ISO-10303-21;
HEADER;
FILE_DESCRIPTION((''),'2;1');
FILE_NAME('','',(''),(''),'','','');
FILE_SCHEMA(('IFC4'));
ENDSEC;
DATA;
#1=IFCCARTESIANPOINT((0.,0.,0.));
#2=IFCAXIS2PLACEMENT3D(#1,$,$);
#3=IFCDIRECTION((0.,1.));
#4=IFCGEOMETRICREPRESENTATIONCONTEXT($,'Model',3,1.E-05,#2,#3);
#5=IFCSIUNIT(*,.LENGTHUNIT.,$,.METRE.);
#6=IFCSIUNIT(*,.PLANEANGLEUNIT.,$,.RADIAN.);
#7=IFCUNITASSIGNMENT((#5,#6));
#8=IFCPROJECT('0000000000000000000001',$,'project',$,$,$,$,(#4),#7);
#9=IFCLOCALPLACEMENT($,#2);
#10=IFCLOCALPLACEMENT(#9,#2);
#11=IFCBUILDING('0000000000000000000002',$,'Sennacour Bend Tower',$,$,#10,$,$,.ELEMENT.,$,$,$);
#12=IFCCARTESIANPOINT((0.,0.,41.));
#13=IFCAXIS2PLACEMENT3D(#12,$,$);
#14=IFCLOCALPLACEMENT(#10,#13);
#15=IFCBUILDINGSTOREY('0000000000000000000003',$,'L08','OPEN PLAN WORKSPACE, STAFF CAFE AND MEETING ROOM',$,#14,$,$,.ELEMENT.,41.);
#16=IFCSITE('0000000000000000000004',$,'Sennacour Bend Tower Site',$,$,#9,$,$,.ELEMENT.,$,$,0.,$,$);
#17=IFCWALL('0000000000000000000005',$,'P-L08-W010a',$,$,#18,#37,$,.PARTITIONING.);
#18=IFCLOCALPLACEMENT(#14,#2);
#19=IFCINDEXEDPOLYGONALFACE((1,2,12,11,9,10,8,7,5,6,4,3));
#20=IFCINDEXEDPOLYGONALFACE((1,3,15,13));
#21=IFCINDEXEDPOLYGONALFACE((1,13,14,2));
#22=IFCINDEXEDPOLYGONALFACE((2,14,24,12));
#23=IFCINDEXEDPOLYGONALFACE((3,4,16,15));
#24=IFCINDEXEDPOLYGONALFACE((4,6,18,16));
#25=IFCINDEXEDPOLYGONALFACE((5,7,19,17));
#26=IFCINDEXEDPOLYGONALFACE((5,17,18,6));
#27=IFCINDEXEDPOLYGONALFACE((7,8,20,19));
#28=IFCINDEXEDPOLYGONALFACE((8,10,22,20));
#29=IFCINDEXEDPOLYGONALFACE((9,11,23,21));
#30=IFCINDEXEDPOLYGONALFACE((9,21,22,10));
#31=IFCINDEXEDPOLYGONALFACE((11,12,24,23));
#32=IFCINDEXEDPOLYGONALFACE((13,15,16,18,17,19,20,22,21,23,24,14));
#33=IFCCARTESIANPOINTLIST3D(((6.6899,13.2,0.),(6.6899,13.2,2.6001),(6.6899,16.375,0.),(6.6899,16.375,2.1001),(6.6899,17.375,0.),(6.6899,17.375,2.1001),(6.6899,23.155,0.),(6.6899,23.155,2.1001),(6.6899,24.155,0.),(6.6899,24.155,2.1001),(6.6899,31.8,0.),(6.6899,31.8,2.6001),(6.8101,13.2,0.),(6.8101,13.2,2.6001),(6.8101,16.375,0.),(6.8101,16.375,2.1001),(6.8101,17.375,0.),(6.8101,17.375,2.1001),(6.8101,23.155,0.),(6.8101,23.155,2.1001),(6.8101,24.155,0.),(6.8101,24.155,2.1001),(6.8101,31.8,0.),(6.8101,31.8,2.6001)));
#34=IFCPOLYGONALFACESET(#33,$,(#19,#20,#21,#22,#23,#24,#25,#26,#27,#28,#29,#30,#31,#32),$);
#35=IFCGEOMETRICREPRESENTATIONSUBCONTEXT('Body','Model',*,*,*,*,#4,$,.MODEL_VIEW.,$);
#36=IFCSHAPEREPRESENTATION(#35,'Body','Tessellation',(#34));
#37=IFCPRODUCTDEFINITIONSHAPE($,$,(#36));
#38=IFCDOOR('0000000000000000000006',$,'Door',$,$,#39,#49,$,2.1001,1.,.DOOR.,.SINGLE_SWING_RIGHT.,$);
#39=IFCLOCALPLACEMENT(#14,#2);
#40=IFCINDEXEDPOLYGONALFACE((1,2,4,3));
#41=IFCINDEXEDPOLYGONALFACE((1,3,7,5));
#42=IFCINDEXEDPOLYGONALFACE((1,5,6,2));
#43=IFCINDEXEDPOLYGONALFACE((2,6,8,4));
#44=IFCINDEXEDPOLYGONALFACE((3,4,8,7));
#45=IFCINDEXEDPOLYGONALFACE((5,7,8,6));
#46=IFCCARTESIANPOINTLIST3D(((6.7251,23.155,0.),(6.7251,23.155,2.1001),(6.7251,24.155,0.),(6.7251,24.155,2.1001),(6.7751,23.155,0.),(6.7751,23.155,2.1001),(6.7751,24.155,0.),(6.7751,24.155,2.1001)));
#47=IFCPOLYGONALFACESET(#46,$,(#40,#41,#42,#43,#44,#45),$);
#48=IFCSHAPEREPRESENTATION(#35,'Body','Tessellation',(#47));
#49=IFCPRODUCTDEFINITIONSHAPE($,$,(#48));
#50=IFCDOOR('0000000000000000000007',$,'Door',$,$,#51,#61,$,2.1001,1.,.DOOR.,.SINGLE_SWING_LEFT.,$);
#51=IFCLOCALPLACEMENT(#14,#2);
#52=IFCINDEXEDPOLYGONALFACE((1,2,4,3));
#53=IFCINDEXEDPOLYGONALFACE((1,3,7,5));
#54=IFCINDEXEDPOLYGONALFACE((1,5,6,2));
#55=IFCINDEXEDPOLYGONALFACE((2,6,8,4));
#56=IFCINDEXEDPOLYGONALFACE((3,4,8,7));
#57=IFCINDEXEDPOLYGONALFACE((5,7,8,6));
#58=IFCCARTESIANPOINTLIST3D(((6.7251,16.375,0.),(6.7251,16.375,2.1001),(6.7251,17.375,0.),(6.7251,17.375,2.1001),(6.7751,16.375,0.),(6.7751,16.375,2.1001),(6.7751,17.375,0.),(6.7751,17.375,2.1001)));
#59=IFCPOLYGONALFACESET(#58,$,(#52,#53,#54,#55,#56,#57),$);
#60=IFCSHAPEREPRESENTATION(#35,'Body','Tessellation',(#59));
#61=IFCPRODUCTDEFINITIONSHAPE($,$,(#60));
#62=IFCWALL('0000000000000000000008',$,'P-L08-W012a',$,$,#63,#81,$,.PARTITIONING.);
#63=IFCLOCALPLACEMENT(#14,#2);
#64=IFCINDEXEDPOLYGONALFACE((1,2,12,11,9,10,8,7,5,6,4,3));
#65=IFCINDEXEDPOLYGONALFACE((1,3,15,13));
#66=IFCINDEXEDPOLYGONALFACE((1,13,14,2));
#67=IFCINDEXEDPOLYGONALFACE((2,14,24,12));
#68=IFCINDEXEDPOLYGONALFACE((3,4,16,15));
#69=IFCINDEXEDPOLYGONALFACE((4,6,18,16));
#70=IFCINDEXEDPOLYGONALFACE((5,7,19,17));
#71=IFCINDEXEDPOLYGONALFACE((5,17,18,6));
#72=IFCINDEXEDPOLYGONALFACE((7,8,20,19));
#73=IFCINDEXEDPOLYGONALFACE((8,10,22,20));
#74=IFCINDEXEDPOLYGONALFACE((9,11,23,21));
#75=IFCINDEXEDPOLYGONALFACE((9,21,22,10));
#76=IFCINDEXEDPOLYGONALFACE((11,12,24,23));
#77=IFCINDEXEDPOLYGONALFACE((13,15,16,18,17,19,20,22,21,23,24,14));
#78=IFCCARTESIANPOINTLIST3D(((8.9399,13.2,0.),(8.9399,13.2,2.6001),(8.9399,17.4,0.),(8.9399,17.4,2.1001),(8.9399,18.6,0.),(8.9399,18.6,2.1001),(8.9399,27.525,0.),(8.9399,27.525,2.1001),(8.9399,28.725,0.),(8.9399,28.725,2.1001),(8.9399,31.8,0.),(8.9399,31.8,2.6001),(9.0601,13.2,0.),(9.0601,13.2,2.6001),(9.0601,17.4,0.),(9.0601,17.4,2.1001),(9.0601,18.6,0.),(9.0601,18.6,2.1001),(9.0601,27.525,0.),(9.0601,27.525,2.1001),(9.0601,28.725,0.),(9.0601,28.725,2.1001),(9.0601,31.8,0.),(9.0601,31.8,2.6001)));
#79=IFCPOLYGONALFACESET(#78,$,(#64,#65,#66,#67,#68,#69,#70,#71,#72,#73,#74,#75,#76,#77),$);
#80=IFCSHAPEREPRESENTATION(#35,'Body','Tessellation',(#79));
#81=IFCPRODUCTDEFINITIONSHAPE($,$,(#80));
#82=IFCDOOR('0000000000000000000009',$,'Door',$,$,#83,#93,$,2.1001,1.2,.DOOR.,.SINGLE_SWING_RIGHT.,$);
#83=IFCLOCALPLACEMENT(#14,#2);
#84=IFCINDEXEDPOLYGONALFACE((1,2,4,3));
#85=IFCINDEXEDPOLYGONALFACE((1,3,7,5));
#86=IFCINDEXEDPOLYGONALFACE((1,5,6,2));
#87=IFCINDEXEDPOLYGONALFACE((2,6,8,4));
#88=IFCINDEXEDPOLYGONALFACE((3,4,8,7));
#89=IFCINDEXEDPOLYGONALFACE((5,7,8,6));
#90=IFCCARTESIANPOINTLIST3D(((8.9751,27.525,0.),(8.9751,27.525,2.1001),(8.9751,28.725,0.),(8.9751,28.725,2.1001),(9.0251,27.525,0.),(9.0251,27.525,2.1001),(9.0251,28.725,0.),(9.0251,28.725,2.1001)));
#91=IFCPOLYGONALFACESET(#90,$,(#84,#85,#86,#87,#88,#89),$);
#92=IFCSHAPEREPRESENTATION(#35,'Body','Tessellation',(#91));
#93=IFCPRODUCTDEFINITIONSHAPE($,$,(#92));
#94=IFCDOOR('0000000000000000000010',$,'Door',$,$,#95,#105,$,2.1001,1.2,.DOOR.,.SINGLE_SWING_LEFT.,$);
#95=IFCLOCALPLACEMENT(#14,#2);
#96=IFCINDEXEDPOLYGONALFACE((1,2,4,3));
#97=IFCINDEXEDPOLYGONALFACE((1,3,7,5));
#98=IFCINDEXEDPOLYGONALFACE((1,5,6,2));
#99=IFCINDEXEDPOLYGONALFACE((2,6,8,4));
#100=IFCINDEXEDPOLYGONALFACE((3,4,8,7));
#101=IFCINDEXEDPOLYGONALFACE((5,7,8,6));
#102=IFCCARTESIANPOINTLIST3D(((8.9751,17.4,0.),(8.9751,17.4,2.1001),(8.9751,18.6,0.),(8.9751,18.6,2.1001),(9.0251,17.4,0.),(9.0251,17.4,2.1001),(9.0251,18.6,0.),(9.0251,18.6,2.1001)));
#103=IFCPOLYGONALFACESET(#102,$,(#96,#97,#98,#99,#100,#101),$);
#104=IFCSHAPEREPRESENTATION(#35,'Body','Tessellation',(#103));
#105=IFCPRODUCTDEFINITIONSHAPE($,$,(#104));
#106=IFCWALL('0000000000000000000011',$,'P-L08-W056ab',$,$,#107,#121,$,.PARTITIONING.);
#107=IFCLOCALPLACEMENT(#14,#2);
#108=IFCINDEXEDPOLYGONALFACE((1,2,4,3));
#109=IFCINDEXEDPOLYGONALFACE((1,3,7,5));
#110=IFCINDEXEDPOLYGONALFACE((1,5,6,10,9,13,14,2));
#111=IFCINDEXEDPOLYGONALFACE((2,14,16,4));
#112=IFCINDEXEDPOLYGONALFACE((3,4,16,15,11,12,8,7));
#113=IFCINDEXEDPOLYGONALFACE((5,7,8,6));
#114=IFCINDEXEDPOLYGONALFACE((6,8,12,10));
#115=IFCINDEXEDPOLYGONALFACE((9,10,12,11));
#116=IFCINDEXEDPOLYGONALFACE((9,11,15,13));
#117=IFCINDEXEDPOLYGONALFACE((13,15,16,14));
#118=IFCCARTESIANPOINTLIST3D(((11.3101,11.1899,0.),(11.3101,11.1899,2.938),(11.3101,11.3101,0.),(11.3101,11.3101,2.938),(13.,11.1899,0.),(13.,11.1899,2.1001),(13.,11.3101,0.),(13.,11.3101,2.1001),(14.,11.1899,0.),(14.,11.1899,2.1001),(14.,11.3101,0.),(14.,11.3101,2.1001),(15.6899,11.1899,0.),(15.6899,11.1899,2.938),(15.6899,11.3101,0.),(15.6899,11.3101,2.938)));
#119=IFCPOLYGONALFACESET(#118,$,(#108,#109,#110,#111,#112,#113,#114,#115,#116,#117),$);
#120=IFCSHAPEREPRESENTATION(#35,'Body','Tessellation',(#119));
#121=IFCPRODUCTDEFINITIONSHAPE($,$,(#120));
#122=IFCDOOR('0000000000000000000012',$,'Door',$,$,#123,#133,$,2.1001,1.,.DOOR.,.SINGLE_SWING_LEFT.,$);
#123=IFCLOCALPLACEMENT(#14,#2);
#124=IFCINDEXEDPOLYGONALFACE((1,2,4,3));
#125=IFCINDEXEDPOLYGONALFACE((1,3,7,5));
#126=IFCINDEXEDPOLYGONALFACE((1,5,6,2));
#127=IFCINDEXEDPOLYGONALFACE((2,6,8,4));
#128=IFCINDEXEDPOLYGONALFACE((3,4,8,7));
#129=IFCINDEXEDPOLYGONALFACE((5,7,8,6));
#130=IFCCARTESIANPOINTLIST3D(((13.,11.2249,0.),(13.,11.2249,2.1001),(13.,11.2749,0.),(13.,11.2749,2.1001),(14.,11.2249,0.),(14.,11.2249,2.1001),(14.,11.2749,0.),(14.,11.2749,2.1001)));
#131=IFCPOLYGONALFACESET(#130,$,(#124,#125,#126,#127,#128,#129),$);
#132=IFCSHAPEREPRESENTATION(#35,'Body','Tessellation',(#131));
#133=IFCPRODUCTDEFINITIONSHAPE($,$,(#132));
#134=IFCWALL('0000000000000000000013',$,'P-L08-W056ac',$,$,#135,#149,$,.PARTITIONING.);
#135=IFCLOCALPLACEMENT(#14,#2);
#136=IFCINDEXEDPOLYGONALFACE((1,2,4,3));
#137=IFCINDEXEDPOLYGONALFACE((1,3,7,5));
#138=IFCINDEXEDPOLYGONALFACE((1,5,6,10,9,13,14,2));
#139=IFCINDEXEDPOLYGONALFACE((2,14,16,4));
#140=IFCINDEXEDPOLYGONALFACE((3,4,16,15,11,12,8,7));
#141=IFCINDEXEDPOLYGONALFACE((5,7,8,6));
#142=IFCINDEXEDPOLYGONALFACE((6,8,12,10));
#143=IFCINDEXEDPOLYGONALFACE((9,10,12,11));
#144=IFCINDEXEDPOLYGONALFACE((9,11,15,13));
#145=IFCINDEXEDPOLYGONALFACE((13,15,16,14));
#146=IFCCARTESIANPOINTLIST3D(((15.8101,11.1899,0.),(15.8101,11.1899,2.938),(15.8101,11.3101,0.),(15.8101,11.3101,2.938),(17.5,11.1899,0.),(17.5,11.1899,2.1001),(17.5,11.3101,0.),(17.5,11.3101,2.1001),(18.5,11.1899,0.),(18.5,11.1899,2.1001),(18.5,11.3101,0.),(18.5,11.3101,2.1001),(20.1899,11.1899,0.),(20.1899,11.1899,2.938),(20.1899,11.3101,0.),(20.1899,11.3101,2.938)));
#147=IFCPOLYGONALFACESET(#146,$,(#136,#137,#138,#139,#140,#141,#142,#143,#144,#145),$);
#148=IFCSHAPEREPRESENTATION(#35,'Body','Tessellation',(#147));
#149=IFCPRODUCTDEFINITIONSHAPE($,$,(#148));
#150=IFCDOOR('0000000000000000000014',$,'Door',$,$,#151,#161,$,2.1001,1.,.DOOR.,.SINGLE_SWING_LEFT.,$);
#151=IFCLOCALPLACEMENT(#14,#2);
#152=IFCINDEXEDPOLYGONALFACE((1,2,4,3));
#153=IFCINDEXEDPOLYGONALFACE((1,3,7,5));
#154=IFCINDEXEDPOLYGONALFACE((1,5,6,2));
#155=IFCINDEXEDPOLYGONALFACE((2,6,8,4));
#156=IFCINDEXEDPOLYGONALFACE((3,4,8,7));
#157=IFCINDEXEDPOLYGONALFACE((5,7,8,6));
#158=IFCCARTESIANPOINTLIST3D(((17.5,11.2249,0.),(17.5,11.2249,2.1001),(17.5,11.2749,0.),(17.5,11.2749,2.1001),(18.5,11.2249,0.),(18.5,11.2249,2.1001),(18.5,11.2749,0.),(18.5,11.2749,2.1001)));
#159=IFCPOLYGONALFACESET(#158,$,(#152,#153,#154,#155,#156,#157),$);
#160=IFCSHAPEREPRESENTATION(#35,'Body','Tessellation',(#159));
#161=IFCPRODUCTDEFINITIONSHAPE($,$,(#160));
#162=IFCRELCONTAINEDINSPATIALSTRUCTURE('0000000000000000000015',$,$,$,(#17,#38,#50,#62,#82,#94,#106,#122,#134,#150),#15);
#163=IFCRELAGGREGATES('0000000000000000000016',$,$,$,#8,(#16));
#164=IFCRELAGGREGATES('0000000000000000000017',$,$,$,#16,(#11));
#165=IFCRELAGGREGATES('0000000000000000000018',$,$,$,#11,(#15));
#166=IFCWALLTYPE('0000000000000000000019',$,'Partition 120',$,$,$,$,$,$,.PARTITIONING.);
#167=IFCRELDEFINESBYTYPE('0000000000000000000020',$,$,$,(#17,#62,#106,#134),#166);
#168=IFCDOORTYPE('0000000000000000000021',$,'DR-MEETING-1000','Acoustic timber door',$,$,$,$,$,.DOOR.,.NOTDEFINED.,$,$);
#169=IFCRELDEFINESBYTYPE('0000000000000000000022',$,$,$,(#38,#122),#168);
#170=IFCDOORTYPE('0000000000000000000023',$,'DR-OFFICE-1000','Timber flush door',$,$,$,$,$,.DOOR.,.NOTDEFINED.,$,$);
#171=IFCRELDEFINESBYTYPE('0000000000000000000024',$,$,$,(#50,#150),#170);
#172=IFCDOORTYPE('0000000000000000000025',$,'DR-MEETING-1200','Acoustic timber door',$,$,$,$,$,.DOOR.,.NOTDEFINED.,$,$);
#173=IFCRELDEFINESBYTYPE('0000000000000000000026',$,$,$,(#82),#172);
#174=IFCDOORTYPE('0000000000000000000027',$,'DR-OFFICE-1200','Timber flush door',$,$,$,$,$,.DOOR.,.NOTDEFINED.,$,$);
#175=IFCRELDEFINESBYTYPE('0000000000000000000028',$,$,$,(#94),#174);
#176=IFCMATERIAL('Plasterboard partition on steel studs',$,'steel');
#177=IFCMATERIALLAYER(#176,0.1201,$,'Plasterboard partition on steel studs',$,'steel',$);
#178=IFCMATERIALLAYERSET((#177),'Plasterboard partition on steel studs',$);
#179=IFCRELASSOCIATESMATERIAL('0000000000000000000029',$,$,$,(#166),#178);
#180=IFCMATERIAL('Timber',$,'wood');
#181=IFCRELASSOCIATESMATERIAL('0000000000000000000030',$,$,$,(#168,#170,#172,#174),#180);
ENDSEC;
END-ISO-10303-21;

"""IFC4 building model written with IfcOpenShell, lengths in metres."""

from ifc_helpers import new_model, si_unit, direction, frame, frame_2d, origin, place, context, subcontext, project, spatial, rectangle, extrude, material, layer, layer_set, type_object, element, fill, save


model = new_model("IFC4")

# Units and contexts
model_context = context("Model", 3, precision=1e-05, world=origin(), true_north=direction((0.0, 1.0)))
body_context = subcontext(model_context, "Body", "Model", "MODEL_VIEW")
ifc_project = project(units=[si_unit("LENGTHUNIT", "METRE"), si_unit("PLANEANGLEUNIT", "RADIAN")], contexts=[model_context])

# Site, building, storey
site_placement = place(None, origin())
site = spatial("IfcSite", under=ifc_project, at=site_placement, Name="Sennacour Bend Tower Site", CompositionType="ELEMENT", RefElevation=0.0)
building_placement = place(site_placement, origin())
building = spatial("IfcBuilding", under=site, at=building_placement, Name="Sennacour Bend Tower", CompositionType="ELEMENT")
storey_placement = place(building_placement, frame((0.0, 0.0, 41.0)))
storey = spatial("IfcBuildingStorey", under=building, at=storey_placement, Name="L08", Description="OPEN PLAN WORKSPACE, STAFF CAFE AND MEETING ROOM", CompositionType="ELEMENT", Elevation=41.0)

# Walls, openings, doors
ifc_material_1 = material(Name="Plasterboard partition on steel studs", Category="steel")
ifc_layer_1 = layer(ifc_material_1, 0.1201, Name="Plasterboard partition on steel studs", Category="steel")
ifc_layer_set_1 = layer_set([ifc_layer_1], Name="Plasterboard partition on steel studs")
wall_type_1 = type_object("IfcWallType", Name="Partition 120", PredefinedType="PARTITIONING", material=ifc_layer_set_1)
wall_1_placement = place(storey_placement, frame((6.75, 13.2, 0.0), z_axis=(0.0, 0.0, 1.0), x_axis=(0.0, 1.0, 0.0)))
wall_1 = element("IfcWall", 1, at=wall_1_placement, inside=storey, type_object=wall_type_1, Name="P-L08-W010a", PredefinedType="PARTITIONING", context=body_context, shape_type="SweptSolid", body=[
    extrude(rectangle(XDim=18.6001, YDim=0.1201, at=frame_2d((9.3, 0.0))), origin(), (0.0, 0.0, 1.0), 2.6001),
])
opening_1_placement = place(wall_1_placement, frame((3.175, 0.0, 0.0)))
opening_1 = element("IfcOpeningElement", 2, at=opening_1_placement, cuts=wall_1, PredefinedType="OPENING", context=body_context, shape_type="SweptSolid", body=[
    extrude(rectangle(XDim=1.0, YDim=2.1001, at=frame_2d((0.5, 1.05))), frame((0.0, 0.0701, 0.0), z_axis=(0.0, -1.0, 0.0), x_axis=(1.0, 0.0, 0.0)), (0.0, 0.0, 1.0), 0.1401),
])
opening_2_placement = place(wall_1_placement, frame((9.9551, 0.0, 0.0)))
opening_2 = element("IfcOpeningElement", 3, at=opening_2_placement, cuts=wall_1, PredefinedType="OPENING", context=body_context, shape_type="SweptSolid", body=[
    extrude(rectangle(XDim=1.0, YDim=2.1001, at=frame_2d((0.5, 1.05))), frame((0.0, 0.0701, 0.0), z_axis=(0.0, -1.0, 0.0), x_axis=(1.0, 0.0, 0.0)), (0.0, 0.0, 1.0), 0.1401),
])
ifc_material_2 = material(Name="Timber", Category="wood")
door_type_1 = type_object("IfcDoorType", Name="DR-MEETING-1000", Description="Acoustic timber door", OperationType="NOTDEFINED", PredefinedType="DOOR", material=ifc_material_2)
door_1_placement = place(opening_2_placement, origin())
door_1 = element("IfcDoor", 4, at=door_1_placement, inside=storey, type_object=door_type_1, Name="Door", OperationType="SINGLE_SWING_RIGHT", OverallHeight=2.1001, OverallWidth=1.0, PredefinedType="DOOR", context=body_context, shape_type="SweptSolid", body=[
    extrude(rectangle(XDim=1.0, YDim=2.1001, at=frame_2d((0.5, 1.05))), frame((0.0, 0.0249, 0.0), z_axis=(0.0, -1.0, 0.0), x_axis=(1.0, 0.0, 0.0)), (0.0, 0.0, 1.0), 0.05),
])
fill(opening_2, door_1)
door_type_2 = type_object("IfcDoorType", Name="DR-OFFICE-1000", Description="Timber flush door", OperationType="NOTDEFINED", PredefinedType="DOOR", material=ifc_material_2)
door_2_placement = place(opening_1_placement, origin())
door_2 = element("IfcDoor", 5, at=door_2_placement, inside=storey, type_object=door_type_2, Name="Door", OperationType="SINGLE_SWING_LEFT", OverallHeight=2.1001, OverallWidth=1.0, PredefinedType="DOOR", context=body_context, shape_type="SweptSolid", body=[
    extrude(rectangle(XDim=1.0, YDim=2.1001, at=frame_2d((0.5, 1.05))), frame((0.0, 0.0249, 0.0), z_axis=(0.0, -1.0, 0.0), x_axis=(1.0, 0.0, 0.0)), (0.0, 0.0, 1.0), 0.05),
])
fill(opening_1, door_2)
wall_2_placement = place(storey_placement, frame((9.0, 13.2, 0.0), z_axis=(0.0, 0.0, 1.0), x_axis=(0.0, 1.0, 0.0)))
wall_2 = element("IfcWall", 6, at=wall_2_placement, inside=storey, type_object=wall_type_1, Name="P-L08-W012a", PredefinedType="PARTITIONING", context=body_context, shape_type="SweptSolid", body=[
    extrude(rectangle(XDim=18.6001, YDim=0.1201, at=frame_2d((9.3, 0.0))), origin(), (0.0, 0.0, 1.0), 2.6001),
])
opening_3_placement = place(wall_2_placement, frame((14.325, 0.0, 0.0)))
opening_3 = element("IfcOpeningElement", 7, at=opening_3_placement, cuts=wall_2, PredefinedType="OPENING", context=body_context, shape_type="SweptSolid", body=[
    extrude(rectangle(XDim=1.2, YDim=2.1001, at=frame_2d((0.6001, 1.05))), frame((0.0, 0.0701, 0.0), z_axis=(0.0, -1.0, 0.0), x_axis=(1.0, 0.0, 0.0)), (0.0, 0.0, 1.0), 0.1401),
])
opening_4_placement = place(wall_2_placement, frame((4.2, 0.0, 0.0)))
opening_4 = element("IfcOpeningElement", 8, at=opening_4_placement, cuts=wall_2, PredefinedType="OPENING", context=body_context, shape_type="SweptSolid", body=[
    extrude(rectangle(XDim=1.2, YDim=2.1001, at=frame_2d((0.6001, 1.05))), frame((0.0, 0.0701, 0.0), z_axis=(0.0, -1.0, 0.0), x_axis=(1.0, 0.0, 0.0)), (0.0, 0.0, 1.0), 0.1401),
])
door_type_3 = type_object("IfcDoorType", Name="DR-MEETING-1200", Description="Acoustic timber door", OperationType="NOTDEFINED", PredefinedType="DOOR", material=ifc_material_2)
door_3_placement = place(opening_3_placement, origin())
door_3 = element("IfcDoor", 9, at=door_3_placement, inside=storey, type_object=door_type_3, Name="Door", OperationType="SINGLE_SWING_RIGHT", OverallHeight=2.1001, OverallWidth=1.2, PredefinedType="DOOR", context=body_context, shape_type="SweptSolid", body=[
    extrude(rectangle(XDim=1.2, YDim=2.1001, at=frame_2d((0.6001, 1.05))), frame((0.0, 0.0249, 0.0), z_axis=(0.0, -1.0, 0.0), x_axis=(1.0, 0.0, 0.0)), (0.0, 0.0, 1.0), 0.05),
])
fill(opening_3, door_3)
door_type_4 = type_object("IfcDoorType", Name="DR-OFFICE-1200", Description="Timber flush door", OperationType="NOTDEFINED", PredefinedType="DOOR", material=ifc_material_2)
door_4_placement = place(opening_4_placement, origin())
door_4 = element("IfcDoor", 10, at=door_4_placement, inside=storey, type_object=door_type_4, Name="Door", OperationType="SINGLE_SWING_LEFT", OverallHeight=2.1001, OverallWidth=1.2, PredefinedType="DOOR", context=body_context, shape_type="SweptSolid", body=[
    extrude(rectangle(XDim=1.2, YDim=2.1001, at=frame_2d((0.6001, 1.05))), frame((0.0, 0.0249, 0.0), z_axis=(0.0, -1.0, 0.0), x_axis=(1.0, 0.0, 0.0)), (0.0, 0.0, 1.0), 0.05),
])
fill(opening_4, door_4)

# Walls, openings, doors
wall_3_placement = place(storey_placement, frame((11.3101, 11.25, 0.0), z_axis=(0.0, 0.0, 1.0), x_axis=(1.0, 0.0, 0.0)))
wall_3 = element("IfcWall", 11, at=wall_3_placement, inside=storey, type_object=wall_type_1, Name="P-L08-W056ab", PredefinedType="PARTITIONING", context=body_context, shape_type="SweptSolid", body=[
    extrude(rectangle(XDim=4.3799, YDim=0.1201, at=frame_2d((2.1899, 0.0))), origin(), (0.0, 0.0, 1.0), 2.938),
])
opening_5_placement = place(wall_3_placement, frame((1.6899, 0.0, 0.0)))
opening_5 = element("IfcOpeningElement", 12, at=opening_5_placement, cuts=wall_3, PredefinedType="OPENING", context=body_context, shape_type="SweptSolid", body=[
    extrude(rectangle(XDim=1.0, YDim=2.1001, at=frame_2d((0.5, 1.05))), frame((0.0, 0.0701, 0.0), z_axis=(0.0, -1.0, 0.0), x_axis=(1.0, 0.0, 0.0)), (0.0, 0.0, 1.0), 0.1401),
])
door_5_placement = place(opening_5_placement, origin())
door_5 = element("IfcDoor", 13, at=door_5_placement, inside=storey, type_object=door_type_1, Name="Door", OperationType="SINGLE_SWING_LEFT", OverallHeight=2.1001, OverallWidth=1.0, PredefinedType="DOOR", context=body_context, shape_type="SweptSolid", body=[
    extrude(rectangle(XDim=1.0, YDim=2.1001, at=frame_2d((0.5, 1.05))), frame((0.0, 0.0249, 0.0), z_axis=(0.0, -1.0, 0.0), x_axis=(1.0, 0.0, 0.0)), (0.0, 0.0, 1.0), 0.05),
])
fill(opening_5, door_5)
wall_4_placement = place(storey_placement, frame((15.8101, 11.25, 0.0), z_axis=(0.0, 0.0, 1.0), x_axis=(1.0, 0.0, 0.0)))
wall_4 = element("IfcWall", 14, at=wall_4_placement, inside=storey, type_object=wall_type_1, Name="P-L08-W056ac", PredefinedType="PARTITIONING", context=body_context, shape_type="SweptSolid", body=[
    extrude(rectangle(XDim=4.3799, YDim=0.1201, at=frame_2d((2.1899, 0.0))), origin(), (0.0, 0.0, 1.0), 2.938),
])
opening_6_placement = place(wall_4_placement, frame((1.6899, 0.0, 0.0)))
opening_6 = element("IfcOpeningElement", 15, at=opening_6_placement, cuts=wall_4, PredefinedType="OPENING", context=body_context, shape_type="SweptSolid", body=[
    extrude(rectangle(XDim=1.0, YDim=2.1001, at=frame_2d((0.5, 1.05))), frame((0.0, 0.0701, 0.0), z_axis=(0.0, -1.0, 0.0), x_axis=(1.0, 0.0, 0.0)), (0.0, 0.0, 1.0), 0.1401),
])
door_6_placement = place(opening_6_placement, origin())
door_6 = element("IfcDoor", 16, at=door_6_placement, inside=storey, type_object=door_type_2, Name="Door", OperationType="SINGLE_SWING_LEFT", OverallHeight=2.1001, OverallWidth=1.0, PredefinedType="DOOR", context=body_context, shape_type="SweptSolid", body=[
    extrude(rectangle(XDim=1.0, YDim=2.1001, at=frame_2d((0.5, 1.05))), frame((0.0, 0.0249, 0.0), z_axis=(0.0, -1.0, 0.0), x_axis=(1.0, 0.0, 0.0)), (0.0, 0.0, 1.0), 0.05),
])
fill(opening_6, door_6)

save(model, "model.ifc")
